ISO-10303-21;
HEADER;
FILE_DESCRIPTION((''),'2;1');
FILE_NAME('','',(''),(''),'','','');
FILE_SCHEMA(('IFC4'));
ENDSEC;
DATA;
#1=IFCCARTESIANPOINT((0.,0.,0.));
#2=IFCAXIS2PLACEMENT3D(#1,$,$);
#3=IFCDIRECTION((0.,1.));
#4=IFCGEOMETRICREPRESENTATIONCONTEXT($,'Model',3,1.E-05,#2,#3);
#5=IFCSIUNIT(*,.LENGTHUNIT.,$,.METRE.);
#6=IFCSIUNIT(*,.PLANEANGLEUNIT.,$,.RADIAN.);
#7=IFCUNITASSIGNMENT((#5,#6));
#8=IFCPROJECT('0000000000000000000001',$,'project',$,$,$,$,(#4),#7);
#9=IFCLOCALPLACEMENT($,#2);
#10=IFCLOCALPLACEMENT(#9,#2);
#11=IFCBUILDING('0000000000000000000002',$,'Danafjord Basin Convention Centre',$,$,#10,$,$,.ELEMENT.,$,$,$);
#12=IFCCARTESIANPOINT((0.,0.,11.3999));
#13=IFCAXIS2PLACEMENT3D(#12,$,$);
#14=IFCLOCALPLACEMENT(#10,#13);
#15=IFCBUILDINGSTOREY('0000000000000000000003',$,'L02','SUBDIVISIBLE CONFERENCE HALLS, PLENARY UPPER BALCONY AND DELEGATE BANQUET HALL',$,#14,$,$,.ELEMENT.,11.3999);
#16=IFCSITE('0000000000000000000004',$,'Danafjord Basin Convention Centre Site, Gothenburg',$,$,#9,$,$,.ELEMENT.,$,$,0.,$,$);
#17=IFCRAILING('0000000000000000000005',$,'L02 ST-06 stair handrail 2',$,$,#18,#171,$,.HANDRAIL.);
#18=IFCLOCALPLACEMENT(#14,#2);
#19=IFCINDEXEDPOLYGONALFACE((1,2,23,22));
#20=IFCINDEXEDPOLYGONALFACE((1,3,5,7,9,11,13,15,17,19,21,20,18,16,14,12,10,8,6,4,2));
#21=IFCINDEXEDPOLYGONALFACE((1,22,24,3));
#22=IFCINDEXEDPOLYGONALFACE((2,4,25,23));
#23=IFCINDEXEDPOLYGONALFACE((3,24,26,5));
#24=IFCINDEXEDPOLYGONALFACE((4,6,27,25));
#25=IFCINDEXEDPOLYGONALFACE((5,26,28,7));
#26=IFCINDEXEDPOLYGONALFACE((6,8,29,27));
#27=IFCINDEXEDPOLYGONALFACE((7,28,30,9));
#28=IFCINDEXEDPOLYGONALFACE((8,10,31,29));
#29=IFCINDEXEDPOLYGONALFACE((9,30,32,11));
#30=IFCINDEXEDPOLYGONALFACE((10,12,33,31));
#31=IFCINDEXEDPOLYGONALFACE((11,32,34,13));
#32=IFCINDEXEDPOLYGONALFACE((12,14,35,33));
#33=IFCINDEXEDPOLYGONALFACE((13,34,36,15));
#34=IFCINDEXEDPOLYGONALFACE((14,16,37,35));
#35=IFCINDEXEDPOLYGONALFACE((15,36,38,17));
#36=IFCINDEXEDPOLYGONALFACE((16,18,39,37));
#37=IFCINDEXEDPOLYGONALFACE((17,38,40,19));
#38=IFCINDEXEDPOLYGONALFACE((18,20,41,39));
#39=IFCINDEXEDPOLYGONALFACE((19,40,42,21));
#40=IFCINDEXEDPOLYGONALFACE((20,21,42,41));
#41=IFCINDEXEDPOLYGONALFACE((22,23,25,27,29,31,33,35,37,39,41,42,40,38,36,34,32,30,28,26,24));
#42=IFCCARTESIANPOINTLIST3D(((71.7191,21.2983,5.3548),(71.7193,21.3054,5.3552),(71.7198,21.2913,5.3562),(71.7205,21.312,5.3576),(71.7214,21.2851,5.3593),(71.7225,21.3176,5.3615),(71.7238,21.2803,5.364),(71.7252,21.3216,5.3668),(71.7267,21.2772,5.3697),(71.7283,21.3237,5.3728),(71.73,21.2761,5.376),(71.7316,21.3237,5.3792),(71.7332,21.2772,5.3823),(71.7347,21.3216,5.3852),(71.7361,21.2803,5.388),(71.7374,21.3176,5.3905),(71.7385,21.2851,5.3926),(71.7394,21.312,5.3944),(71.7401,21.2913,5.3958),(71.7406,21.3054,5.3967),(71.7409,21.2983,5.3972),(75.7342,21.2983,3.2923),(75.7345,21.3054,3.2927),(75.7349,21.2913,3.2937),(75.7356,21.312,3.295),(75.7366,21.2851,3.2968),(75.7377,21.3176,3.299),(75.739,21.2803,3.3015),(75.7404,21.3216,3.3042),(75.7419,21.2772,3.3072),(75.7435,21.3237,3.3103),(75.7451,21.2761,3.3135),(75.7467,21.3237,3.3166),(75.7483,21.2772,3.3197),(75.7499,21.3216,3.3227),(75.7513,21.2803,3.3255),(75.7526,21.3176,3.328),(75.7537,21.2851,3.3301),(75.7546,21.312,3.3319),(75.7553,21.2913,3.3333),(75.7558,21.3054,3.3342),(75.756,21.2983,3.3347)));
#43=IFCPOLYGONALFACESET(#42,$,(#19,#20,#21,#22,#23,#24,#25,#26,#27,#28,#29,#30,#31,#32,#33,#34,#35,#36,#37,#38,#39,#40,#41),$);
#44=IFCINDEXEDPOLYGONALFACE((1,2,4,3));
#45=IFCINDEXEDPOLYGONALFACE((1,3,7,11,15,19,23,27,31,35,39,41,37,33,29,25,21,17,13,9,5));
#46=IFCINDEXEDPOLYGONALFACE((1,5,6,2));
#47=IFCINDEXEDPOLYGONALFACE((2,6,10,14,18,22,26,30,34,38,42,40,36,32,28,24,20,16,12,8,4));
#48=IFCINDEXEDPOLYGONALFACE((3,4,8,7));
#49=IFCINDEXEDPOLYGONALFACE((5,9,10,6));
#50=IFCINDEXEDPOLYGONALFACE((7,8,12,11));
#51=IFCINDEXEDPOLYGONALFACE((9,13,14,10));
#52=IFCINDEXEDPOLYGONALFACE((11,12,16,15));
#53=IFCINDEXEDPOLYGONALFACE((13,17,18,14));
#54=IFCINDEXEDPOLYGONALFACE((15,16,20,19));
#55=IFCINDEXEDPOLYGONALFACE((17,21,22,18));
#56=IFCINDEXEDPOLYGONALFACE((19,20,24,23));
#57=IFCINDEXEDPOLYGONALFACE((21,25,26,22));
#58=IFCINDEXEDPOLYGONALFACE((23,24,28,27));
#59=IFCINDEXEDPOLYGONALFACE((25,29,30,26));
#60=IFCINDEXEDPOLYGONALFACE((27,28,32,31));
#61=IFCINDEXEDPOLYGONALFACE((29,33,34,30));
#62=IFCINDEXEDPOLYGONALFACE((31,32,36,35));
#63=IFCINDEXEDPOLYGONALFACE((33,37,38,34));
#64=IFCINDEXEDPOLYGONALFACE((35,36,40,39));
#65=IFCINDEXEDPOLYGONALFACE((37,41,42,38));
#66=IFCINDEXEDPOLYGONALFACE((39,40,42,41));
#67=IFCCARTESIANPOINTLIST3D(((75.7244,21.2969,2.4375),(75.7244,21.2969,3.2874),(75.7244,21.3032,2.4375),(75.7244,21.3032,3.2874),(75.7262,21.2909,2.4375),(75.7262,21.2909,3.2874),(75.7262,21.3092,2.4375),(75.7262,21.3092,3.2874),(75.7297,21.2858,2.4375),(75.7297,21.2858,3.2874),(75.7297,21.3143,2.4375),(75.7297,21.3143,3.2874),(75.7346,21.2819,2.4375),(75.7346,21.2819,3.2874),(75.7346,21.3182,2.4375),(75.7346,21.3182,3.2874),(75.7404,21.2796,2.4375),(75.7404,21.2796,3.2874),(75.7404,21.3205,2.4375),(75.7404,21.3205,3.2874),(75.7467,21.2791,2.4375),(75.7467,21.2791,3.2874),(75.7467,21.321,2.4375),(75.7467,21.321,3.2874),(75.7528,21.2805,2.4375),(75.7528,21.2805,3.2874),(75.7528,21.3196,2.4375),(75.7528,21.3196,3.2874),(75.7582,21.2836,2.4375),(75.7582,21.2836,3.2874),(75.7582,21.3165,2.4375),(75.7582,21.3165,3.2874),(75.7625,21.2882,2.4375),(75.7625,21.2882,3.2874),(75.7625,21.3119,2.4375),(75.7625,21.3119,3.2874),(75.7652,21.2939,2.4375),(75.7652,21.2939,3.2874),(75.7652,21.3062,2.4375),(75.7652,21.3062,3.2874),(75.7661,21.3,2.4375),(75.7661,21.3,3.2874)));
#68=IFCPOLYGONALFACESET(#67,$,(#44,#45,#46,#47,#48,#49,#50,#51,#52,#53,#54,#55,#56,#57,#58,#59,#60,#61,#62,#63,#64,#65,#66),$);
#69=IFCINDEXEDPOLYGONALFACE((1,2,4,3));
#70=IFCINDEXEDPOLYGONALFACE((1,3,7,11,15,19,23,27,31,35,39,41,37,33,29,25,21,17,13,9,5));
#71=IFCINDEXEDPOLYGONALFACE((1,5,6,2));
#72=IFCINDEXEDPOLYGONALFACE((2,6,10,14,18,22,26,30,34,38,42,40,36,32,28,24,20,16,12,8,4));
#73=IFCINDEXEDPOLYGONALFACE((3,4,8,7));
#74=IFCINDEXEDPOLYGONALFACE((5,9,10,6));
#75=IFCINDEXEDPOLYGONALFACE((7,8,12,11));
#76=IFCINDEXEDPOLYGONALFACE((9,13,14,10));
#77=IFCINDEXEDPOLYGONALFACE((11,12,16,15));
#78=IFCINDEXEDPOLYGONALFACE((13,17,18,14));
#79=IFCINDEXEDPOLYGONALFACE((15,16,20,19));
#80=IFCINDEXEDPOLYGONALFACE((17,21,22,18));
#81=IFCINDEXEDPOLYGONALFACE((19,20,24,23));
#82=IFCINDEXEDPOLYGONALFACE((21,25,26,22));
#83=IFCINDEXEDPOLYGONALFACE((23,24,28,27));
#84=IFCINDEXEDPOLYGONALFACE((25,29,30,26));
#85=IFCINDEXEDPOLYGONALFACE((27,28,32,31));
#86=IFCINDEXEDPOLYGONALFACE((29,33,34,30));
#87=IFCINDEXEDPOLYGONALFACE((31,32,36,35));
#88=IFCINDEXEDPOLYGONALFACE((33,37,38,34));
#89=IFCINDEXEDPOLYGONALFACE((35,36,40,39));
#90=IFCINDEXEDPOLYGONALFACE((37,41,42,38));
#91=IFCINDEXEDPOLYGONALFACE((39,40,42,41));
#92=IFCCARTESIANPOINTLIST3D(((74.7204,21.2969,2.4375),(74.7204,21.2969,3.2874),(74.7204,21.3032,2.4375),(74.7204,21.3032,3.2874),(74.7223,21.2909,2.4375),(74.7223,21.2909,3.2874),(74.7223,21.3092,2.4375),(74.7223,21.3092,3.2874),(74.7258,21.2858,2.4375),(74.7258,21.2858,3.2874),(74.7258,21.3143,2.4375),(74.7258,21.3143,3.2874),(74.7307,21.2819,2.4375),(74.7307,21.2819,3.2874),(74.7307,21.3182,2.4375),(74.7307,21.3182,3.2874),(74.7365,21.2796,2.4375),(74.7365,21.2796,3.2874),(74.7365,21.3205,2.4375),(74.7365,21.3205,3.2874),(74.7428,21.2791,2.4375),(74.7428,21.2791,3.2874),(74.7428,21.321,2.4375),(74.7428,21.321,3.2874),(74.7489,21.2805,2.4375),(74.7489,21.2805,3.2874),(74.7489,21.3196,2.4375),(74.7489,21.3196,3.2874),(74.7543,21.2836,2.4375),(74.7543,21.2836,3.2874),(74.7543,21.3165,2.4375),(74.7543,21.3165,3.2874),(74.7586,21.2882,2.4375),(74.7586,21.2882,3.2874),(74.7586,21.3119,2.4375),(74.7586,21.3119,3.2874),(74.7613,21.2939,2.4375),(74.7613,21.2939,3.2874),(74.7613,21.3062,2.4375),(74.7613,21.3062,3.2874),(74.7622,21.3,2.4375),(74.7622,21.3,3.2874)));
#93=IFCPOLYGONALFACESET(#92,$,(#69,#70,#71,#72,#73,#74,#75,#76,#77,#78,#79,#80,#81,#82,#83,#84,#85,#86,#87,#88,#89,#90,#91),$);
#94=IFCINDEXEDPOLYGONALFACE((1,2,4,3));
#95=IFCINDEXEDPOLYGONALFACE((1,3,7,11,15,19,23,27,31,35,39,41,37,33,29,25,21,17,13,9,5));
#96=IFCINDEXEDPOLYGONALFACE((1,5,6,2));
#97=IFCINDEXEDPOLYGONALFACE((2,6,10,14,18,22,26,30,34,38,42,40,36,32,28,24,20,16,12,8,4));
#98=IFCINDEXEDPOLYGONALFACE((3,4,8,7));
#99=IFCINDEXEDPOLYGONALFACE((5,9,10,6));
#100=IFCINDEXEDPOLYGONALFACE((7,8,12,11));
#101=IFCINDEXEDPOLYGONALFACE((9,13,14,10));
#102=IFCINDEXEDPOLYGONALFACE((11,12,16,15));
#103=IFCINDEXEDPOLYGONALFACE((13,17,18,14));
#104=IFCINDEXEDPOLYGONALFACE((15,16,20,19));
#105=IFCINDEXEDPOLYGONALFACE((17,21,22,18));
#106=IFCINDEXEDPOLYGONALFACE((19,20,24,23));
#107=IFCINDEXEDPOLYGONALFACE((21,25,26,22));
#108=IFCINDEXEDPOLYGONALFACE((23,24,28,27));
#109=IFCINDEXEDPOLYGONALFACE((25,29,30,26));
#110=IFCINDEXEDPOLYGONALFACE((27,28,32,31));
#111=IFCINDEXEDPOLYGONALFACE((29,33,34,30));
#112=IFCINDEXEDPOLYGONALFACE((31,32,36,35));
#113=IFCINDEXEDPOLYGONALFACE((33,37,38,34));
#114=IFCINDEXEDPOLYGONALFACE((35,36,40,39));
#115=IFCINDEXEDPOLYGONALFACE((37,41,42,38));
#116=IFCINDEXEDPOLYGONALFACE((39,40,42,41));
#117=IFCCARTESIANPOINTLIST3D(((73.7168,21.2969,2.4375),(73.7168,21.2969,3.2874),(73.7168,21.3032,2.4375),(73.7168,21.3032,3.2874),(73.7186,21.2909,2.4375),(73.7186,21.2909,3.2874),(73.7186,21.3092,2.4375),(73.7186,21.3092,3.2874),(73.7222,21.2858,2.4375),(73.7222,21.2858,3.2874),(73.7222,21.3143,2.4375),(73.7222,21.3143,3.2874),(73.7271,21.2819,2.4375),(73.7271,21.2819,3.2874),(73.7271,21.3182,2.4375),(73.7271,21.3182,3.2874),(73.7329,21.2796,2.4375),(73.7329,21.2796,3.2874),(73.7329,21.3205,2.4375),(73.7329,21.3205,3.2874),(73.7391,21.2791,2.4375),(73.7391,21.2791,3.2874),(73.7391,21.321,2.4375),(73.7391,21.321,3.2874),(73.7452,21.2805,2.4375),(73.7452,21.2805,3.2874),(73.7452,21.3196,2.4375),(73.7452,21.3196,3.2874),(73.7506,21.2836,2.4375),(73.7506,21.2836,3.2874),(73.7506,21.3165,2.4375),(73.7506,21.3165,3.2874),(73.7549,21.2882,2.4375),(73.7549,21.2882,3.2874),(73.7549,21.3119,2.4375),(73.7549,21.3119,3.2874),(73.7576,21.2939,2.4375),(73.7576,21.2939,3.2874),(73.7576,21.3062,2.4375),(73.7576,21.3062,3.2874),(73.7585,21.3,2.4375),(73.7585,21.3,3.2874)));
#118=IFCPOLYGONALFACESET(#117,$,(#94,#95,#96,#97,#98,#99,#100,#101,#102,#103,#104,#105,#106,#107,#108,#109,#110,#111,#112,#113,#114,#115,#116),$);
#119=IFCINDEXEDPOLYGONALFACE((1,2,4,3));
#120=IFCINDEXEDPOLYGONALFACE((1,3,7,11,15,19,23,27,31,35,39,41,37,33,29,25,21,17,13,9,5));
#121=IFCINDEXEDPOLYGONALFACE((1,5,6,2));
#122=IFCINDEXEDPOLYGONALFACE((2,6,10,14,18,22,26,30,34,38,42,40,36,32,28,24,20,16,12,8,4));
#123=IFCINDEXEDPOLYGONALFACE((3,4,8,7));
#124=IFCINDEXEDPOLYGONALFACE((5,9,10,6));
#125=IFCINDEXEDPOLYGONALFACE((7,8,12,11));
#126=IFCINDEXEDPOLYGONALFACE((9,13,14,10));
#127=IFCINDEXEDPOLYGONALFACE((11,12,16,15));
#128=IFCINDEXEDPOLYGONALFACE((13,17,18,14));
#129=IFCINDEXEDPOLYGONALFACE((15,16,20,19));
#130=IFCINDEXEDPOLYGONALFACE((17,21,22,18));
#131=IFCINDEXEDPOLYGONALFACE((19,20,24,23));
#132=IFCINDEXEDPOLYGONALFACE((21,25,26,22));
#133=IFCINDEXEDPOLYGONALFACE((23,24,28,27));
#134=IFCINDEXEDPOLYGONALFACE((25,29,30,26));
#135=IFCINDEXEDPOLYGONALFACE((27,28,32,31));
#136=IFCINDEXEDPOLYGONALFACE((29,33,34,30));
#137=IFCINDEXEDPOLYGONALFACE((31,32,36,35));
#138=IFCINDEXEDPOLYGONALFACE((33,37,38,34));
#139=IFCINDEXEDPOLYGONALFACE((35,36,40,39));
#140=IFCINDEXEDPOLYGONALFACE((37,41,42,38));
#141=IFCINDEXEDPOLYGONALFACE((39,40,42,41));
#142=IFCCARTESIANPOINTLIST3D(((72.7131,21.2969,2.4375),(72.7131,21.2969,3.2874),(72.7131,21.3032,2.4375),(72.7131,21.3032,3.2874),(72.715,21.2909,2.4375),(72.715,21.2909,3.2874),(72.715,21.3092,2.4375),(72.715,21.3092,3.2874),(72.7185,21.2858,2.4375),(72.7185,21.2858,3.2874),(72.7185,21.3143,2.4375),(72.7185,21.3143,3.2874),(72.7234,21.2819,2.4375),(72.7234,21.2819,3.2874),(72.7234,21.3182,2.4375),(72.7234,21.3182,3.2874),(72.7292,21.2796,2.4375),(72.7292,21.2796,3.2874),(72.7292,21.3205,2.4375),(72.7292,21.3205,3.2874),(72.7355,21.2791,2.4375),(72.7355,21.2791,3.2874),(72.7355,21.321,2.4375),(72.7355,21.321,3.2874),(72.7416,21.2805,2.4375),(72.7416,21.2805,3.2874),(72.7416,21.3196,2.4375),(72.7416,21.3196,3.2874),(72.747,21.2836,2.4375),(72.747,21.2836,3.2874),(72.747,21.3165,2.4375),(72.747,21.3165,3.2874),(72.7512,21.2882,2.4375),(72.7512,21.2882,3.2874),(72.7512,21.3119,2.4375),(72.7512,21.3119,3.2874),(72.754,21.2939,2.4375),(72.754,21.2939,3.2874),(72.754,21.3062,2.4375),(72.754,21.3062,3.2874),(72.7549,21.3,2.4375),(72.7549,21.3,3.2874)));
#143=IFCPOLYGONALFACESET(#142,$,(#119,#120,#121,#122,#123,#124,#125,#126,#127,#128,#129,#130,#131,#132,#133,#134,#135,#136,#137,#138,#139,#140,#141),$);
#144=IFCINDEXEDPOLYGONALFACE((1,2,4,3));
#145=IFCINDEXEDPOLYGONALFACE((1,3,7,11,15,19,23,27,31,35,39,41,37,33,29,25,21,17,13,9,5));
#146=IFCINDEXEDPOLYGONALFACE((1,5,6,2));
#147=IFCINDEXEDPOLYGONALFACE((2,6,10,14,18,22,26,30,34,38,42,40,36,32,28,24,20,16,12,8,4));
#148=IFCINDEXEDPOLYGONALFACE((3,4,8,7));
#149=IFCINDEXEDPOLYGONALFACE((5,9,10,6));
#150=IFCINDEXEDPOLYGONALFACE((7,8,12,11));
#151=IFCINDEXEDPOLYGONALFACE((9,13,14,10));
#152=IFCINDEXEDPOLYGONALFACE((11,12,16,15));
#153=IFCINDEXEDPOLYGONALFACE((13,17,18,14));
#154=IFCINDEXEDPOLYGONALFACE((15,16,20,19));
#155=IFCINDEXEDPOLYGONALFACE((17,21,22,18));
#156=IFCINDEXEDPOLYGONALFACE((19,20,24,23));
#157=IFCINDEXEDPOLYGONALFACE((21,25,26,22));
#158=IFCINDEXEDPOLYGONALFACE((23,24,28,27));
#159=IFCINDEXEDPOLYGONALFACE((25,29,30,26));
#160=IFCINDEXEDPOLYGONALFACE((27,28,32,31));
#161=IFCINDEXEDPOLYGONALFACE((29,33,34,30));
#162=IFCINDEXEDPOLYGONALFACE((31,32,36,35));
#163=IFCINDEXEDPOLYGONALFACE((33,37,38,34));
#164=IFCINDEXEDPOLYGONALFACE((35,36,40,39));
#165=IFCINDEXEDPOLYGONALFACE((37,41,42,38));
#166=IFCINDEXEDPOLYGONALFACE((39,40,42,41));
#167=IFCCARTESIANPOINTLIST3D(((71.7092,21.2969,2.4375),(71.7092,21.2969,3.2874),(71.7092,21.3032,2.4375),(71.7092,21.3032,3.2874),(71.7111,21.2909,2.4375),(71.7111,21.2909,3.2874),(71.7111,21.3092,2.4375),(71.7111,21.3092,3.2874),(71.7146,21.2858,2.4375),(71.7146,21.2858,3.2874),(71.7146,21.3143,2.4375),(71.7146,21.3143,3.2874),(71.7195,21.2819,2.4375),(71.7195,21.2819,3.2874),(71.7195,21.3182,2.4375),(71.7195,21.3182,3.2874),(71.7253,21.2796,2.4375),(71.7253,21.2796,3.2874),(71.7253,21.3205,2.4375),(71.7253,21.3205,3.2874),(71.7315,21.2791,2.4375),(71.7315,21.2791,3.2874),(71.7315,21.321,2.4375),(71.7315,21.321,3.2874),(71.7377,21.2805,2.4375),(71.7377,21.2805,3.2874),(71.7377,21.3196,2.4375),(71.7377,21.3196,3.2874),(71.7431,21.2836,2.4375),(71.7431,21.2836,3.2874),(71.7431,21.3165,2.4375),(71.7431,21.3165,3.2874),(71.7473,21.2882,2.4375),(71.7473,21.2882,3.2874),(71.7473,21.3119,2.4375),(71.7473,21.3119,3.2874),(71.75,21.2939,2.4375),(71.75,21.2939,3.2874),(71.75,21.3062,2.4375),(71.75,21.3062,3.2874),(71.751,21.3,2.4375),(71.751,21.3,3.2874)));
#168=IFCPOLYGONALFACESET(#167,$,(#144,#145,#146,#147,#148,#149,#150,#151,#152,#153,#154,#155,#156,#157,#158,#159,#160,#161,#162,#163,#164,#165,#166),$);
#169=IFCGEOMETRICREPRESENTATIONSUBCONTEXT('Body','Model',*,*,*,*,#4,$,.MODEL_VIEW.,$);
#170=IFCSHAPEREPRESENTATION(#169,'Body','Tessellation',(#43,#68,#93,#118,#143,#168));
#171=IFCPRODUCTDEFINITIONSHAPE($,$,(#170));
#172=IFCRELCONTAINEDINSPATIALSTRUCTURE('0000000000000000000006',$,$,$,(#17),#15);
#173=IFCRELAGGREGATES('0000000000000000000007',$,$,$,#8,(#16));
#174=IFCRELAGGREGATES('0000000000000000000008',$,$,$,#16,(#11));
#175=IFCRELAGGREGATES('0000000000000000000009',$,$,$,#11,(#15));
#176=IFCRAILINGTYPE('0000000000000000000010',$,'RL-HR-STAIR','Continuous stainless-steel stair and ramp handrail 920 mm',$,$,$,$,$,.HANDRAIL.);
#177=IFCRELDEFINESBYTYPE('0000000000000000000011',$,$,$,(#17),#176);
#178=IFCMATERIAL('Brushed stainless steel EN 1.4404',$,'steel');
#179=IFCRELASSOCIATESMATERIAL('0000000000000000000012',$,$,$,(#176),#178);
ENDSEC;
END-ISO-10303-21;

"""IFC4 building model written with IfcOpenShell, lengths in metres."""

from ifc_helpers import new_model, si_unit, direction, frame, origin, origin_2d, place, context, subcontext, project, spatial, circle, extrude, material, type_object, element, save


model = new_model("IFC4")

# Units and contexts
model_context = context("Model", 3, precision=1e-05, world=origin(), true_north=direction((0.0, 1.0)))
body_context = subcontext(model_context, "Body", "Model", "MODEL_VIEW")
ifc_project = project(units=[si_unit("LENGTHUNIT", "METRE"), si_unit("PLANEANGLEUNIT", "RADIAN")], contexts=[model_context])

# Site, building, storey
site_placement = place(None, origin())
site = spatial("IfcSite", under=ifc_project, at=site_placement, Name="Danafjord Basin Convention Centre Site, Gothenburg", CompositionType="ELEMENT", RefElevation=0.0)
building_placement = place(site_placement, origin())
building = spatial("IfcBuilding", under=site, at=building_placement, Name="Danafjord Basin Convention Centre", CompositionType="ELEMENT")
storey_placement = place(building_placement, frame((0.0, 0.0, 11.3999)))
storey = spatial("IfcBuildingStorey", under=building, at=storey_placement, Name="L02", Description="SUBDIVISIBLE CONFERENCE HALLS, PLENARY UPPER BALCONY AND DELEGATE BANQUET HALL", CompositionType="ELEMENT", Elevation=11.3999)

# Railing
ifc_material_1 = material(Name="Brushed stainless steel EN 1.4404", Category="steel")
railing_type_1 = type_object("IfcRailingType", Name="RL-HR-STAIR", Description="Continuous stainless-steel stair and ramp handrail 920 mm", PredefinedType="HANDRAIL", material=ifc_material_1)
railing_1_placement = place(storey_placement, frame((75.7451, 21.3, 2.4375)))
element("IfcRailing", 1, at=railing_1_placement, inside=storey, type_object=railing_type_1, Name="L02 ST-06 stair handrail 2", PredefinedType="HANDRAIL", context=body_context, shape_type="SweptSolid", body=[
    extrude(circle(Radius=0.0239, at=origin_2d()), frame((0.0, 0.0, 0.876), z_axis=(-0.889506, 0.0, 0.456923), x_axis=(0.0, -1.0, 0.0)), (0.0, 0.0, 1.0), 4.5139),
    extrude(circle(Radius=0.021, at=origin_2d()), origin(), (0.0, 0.0, 1.0), 0.8499),
    extrude(circle(Radius=0.021, at=origin_2d()), frame((-1.0039, 0.0, 0.0)), (0.0, 0.0, 1.0), 0.8499),
    extrude(circle(Radius=0.021, at=origin_2d()), frame((-2.0076, 0.0, 0.0)), (0.0, 0.0, 1.0), 0.8499),
    extrude(circle(Radius=0.021, at=origin_2d()), frame((-3.0112, 0.0, 0.0)), (0.0, 0.0, 1.0), 0.8499),
    extrude(circle(Radius=0.021, at=origin_2d()), frame((-4.0151, 0.0, 0.0)), (0.0, 0.0, 1.0), 0.8499),
])

save(model, "model.ifc")
